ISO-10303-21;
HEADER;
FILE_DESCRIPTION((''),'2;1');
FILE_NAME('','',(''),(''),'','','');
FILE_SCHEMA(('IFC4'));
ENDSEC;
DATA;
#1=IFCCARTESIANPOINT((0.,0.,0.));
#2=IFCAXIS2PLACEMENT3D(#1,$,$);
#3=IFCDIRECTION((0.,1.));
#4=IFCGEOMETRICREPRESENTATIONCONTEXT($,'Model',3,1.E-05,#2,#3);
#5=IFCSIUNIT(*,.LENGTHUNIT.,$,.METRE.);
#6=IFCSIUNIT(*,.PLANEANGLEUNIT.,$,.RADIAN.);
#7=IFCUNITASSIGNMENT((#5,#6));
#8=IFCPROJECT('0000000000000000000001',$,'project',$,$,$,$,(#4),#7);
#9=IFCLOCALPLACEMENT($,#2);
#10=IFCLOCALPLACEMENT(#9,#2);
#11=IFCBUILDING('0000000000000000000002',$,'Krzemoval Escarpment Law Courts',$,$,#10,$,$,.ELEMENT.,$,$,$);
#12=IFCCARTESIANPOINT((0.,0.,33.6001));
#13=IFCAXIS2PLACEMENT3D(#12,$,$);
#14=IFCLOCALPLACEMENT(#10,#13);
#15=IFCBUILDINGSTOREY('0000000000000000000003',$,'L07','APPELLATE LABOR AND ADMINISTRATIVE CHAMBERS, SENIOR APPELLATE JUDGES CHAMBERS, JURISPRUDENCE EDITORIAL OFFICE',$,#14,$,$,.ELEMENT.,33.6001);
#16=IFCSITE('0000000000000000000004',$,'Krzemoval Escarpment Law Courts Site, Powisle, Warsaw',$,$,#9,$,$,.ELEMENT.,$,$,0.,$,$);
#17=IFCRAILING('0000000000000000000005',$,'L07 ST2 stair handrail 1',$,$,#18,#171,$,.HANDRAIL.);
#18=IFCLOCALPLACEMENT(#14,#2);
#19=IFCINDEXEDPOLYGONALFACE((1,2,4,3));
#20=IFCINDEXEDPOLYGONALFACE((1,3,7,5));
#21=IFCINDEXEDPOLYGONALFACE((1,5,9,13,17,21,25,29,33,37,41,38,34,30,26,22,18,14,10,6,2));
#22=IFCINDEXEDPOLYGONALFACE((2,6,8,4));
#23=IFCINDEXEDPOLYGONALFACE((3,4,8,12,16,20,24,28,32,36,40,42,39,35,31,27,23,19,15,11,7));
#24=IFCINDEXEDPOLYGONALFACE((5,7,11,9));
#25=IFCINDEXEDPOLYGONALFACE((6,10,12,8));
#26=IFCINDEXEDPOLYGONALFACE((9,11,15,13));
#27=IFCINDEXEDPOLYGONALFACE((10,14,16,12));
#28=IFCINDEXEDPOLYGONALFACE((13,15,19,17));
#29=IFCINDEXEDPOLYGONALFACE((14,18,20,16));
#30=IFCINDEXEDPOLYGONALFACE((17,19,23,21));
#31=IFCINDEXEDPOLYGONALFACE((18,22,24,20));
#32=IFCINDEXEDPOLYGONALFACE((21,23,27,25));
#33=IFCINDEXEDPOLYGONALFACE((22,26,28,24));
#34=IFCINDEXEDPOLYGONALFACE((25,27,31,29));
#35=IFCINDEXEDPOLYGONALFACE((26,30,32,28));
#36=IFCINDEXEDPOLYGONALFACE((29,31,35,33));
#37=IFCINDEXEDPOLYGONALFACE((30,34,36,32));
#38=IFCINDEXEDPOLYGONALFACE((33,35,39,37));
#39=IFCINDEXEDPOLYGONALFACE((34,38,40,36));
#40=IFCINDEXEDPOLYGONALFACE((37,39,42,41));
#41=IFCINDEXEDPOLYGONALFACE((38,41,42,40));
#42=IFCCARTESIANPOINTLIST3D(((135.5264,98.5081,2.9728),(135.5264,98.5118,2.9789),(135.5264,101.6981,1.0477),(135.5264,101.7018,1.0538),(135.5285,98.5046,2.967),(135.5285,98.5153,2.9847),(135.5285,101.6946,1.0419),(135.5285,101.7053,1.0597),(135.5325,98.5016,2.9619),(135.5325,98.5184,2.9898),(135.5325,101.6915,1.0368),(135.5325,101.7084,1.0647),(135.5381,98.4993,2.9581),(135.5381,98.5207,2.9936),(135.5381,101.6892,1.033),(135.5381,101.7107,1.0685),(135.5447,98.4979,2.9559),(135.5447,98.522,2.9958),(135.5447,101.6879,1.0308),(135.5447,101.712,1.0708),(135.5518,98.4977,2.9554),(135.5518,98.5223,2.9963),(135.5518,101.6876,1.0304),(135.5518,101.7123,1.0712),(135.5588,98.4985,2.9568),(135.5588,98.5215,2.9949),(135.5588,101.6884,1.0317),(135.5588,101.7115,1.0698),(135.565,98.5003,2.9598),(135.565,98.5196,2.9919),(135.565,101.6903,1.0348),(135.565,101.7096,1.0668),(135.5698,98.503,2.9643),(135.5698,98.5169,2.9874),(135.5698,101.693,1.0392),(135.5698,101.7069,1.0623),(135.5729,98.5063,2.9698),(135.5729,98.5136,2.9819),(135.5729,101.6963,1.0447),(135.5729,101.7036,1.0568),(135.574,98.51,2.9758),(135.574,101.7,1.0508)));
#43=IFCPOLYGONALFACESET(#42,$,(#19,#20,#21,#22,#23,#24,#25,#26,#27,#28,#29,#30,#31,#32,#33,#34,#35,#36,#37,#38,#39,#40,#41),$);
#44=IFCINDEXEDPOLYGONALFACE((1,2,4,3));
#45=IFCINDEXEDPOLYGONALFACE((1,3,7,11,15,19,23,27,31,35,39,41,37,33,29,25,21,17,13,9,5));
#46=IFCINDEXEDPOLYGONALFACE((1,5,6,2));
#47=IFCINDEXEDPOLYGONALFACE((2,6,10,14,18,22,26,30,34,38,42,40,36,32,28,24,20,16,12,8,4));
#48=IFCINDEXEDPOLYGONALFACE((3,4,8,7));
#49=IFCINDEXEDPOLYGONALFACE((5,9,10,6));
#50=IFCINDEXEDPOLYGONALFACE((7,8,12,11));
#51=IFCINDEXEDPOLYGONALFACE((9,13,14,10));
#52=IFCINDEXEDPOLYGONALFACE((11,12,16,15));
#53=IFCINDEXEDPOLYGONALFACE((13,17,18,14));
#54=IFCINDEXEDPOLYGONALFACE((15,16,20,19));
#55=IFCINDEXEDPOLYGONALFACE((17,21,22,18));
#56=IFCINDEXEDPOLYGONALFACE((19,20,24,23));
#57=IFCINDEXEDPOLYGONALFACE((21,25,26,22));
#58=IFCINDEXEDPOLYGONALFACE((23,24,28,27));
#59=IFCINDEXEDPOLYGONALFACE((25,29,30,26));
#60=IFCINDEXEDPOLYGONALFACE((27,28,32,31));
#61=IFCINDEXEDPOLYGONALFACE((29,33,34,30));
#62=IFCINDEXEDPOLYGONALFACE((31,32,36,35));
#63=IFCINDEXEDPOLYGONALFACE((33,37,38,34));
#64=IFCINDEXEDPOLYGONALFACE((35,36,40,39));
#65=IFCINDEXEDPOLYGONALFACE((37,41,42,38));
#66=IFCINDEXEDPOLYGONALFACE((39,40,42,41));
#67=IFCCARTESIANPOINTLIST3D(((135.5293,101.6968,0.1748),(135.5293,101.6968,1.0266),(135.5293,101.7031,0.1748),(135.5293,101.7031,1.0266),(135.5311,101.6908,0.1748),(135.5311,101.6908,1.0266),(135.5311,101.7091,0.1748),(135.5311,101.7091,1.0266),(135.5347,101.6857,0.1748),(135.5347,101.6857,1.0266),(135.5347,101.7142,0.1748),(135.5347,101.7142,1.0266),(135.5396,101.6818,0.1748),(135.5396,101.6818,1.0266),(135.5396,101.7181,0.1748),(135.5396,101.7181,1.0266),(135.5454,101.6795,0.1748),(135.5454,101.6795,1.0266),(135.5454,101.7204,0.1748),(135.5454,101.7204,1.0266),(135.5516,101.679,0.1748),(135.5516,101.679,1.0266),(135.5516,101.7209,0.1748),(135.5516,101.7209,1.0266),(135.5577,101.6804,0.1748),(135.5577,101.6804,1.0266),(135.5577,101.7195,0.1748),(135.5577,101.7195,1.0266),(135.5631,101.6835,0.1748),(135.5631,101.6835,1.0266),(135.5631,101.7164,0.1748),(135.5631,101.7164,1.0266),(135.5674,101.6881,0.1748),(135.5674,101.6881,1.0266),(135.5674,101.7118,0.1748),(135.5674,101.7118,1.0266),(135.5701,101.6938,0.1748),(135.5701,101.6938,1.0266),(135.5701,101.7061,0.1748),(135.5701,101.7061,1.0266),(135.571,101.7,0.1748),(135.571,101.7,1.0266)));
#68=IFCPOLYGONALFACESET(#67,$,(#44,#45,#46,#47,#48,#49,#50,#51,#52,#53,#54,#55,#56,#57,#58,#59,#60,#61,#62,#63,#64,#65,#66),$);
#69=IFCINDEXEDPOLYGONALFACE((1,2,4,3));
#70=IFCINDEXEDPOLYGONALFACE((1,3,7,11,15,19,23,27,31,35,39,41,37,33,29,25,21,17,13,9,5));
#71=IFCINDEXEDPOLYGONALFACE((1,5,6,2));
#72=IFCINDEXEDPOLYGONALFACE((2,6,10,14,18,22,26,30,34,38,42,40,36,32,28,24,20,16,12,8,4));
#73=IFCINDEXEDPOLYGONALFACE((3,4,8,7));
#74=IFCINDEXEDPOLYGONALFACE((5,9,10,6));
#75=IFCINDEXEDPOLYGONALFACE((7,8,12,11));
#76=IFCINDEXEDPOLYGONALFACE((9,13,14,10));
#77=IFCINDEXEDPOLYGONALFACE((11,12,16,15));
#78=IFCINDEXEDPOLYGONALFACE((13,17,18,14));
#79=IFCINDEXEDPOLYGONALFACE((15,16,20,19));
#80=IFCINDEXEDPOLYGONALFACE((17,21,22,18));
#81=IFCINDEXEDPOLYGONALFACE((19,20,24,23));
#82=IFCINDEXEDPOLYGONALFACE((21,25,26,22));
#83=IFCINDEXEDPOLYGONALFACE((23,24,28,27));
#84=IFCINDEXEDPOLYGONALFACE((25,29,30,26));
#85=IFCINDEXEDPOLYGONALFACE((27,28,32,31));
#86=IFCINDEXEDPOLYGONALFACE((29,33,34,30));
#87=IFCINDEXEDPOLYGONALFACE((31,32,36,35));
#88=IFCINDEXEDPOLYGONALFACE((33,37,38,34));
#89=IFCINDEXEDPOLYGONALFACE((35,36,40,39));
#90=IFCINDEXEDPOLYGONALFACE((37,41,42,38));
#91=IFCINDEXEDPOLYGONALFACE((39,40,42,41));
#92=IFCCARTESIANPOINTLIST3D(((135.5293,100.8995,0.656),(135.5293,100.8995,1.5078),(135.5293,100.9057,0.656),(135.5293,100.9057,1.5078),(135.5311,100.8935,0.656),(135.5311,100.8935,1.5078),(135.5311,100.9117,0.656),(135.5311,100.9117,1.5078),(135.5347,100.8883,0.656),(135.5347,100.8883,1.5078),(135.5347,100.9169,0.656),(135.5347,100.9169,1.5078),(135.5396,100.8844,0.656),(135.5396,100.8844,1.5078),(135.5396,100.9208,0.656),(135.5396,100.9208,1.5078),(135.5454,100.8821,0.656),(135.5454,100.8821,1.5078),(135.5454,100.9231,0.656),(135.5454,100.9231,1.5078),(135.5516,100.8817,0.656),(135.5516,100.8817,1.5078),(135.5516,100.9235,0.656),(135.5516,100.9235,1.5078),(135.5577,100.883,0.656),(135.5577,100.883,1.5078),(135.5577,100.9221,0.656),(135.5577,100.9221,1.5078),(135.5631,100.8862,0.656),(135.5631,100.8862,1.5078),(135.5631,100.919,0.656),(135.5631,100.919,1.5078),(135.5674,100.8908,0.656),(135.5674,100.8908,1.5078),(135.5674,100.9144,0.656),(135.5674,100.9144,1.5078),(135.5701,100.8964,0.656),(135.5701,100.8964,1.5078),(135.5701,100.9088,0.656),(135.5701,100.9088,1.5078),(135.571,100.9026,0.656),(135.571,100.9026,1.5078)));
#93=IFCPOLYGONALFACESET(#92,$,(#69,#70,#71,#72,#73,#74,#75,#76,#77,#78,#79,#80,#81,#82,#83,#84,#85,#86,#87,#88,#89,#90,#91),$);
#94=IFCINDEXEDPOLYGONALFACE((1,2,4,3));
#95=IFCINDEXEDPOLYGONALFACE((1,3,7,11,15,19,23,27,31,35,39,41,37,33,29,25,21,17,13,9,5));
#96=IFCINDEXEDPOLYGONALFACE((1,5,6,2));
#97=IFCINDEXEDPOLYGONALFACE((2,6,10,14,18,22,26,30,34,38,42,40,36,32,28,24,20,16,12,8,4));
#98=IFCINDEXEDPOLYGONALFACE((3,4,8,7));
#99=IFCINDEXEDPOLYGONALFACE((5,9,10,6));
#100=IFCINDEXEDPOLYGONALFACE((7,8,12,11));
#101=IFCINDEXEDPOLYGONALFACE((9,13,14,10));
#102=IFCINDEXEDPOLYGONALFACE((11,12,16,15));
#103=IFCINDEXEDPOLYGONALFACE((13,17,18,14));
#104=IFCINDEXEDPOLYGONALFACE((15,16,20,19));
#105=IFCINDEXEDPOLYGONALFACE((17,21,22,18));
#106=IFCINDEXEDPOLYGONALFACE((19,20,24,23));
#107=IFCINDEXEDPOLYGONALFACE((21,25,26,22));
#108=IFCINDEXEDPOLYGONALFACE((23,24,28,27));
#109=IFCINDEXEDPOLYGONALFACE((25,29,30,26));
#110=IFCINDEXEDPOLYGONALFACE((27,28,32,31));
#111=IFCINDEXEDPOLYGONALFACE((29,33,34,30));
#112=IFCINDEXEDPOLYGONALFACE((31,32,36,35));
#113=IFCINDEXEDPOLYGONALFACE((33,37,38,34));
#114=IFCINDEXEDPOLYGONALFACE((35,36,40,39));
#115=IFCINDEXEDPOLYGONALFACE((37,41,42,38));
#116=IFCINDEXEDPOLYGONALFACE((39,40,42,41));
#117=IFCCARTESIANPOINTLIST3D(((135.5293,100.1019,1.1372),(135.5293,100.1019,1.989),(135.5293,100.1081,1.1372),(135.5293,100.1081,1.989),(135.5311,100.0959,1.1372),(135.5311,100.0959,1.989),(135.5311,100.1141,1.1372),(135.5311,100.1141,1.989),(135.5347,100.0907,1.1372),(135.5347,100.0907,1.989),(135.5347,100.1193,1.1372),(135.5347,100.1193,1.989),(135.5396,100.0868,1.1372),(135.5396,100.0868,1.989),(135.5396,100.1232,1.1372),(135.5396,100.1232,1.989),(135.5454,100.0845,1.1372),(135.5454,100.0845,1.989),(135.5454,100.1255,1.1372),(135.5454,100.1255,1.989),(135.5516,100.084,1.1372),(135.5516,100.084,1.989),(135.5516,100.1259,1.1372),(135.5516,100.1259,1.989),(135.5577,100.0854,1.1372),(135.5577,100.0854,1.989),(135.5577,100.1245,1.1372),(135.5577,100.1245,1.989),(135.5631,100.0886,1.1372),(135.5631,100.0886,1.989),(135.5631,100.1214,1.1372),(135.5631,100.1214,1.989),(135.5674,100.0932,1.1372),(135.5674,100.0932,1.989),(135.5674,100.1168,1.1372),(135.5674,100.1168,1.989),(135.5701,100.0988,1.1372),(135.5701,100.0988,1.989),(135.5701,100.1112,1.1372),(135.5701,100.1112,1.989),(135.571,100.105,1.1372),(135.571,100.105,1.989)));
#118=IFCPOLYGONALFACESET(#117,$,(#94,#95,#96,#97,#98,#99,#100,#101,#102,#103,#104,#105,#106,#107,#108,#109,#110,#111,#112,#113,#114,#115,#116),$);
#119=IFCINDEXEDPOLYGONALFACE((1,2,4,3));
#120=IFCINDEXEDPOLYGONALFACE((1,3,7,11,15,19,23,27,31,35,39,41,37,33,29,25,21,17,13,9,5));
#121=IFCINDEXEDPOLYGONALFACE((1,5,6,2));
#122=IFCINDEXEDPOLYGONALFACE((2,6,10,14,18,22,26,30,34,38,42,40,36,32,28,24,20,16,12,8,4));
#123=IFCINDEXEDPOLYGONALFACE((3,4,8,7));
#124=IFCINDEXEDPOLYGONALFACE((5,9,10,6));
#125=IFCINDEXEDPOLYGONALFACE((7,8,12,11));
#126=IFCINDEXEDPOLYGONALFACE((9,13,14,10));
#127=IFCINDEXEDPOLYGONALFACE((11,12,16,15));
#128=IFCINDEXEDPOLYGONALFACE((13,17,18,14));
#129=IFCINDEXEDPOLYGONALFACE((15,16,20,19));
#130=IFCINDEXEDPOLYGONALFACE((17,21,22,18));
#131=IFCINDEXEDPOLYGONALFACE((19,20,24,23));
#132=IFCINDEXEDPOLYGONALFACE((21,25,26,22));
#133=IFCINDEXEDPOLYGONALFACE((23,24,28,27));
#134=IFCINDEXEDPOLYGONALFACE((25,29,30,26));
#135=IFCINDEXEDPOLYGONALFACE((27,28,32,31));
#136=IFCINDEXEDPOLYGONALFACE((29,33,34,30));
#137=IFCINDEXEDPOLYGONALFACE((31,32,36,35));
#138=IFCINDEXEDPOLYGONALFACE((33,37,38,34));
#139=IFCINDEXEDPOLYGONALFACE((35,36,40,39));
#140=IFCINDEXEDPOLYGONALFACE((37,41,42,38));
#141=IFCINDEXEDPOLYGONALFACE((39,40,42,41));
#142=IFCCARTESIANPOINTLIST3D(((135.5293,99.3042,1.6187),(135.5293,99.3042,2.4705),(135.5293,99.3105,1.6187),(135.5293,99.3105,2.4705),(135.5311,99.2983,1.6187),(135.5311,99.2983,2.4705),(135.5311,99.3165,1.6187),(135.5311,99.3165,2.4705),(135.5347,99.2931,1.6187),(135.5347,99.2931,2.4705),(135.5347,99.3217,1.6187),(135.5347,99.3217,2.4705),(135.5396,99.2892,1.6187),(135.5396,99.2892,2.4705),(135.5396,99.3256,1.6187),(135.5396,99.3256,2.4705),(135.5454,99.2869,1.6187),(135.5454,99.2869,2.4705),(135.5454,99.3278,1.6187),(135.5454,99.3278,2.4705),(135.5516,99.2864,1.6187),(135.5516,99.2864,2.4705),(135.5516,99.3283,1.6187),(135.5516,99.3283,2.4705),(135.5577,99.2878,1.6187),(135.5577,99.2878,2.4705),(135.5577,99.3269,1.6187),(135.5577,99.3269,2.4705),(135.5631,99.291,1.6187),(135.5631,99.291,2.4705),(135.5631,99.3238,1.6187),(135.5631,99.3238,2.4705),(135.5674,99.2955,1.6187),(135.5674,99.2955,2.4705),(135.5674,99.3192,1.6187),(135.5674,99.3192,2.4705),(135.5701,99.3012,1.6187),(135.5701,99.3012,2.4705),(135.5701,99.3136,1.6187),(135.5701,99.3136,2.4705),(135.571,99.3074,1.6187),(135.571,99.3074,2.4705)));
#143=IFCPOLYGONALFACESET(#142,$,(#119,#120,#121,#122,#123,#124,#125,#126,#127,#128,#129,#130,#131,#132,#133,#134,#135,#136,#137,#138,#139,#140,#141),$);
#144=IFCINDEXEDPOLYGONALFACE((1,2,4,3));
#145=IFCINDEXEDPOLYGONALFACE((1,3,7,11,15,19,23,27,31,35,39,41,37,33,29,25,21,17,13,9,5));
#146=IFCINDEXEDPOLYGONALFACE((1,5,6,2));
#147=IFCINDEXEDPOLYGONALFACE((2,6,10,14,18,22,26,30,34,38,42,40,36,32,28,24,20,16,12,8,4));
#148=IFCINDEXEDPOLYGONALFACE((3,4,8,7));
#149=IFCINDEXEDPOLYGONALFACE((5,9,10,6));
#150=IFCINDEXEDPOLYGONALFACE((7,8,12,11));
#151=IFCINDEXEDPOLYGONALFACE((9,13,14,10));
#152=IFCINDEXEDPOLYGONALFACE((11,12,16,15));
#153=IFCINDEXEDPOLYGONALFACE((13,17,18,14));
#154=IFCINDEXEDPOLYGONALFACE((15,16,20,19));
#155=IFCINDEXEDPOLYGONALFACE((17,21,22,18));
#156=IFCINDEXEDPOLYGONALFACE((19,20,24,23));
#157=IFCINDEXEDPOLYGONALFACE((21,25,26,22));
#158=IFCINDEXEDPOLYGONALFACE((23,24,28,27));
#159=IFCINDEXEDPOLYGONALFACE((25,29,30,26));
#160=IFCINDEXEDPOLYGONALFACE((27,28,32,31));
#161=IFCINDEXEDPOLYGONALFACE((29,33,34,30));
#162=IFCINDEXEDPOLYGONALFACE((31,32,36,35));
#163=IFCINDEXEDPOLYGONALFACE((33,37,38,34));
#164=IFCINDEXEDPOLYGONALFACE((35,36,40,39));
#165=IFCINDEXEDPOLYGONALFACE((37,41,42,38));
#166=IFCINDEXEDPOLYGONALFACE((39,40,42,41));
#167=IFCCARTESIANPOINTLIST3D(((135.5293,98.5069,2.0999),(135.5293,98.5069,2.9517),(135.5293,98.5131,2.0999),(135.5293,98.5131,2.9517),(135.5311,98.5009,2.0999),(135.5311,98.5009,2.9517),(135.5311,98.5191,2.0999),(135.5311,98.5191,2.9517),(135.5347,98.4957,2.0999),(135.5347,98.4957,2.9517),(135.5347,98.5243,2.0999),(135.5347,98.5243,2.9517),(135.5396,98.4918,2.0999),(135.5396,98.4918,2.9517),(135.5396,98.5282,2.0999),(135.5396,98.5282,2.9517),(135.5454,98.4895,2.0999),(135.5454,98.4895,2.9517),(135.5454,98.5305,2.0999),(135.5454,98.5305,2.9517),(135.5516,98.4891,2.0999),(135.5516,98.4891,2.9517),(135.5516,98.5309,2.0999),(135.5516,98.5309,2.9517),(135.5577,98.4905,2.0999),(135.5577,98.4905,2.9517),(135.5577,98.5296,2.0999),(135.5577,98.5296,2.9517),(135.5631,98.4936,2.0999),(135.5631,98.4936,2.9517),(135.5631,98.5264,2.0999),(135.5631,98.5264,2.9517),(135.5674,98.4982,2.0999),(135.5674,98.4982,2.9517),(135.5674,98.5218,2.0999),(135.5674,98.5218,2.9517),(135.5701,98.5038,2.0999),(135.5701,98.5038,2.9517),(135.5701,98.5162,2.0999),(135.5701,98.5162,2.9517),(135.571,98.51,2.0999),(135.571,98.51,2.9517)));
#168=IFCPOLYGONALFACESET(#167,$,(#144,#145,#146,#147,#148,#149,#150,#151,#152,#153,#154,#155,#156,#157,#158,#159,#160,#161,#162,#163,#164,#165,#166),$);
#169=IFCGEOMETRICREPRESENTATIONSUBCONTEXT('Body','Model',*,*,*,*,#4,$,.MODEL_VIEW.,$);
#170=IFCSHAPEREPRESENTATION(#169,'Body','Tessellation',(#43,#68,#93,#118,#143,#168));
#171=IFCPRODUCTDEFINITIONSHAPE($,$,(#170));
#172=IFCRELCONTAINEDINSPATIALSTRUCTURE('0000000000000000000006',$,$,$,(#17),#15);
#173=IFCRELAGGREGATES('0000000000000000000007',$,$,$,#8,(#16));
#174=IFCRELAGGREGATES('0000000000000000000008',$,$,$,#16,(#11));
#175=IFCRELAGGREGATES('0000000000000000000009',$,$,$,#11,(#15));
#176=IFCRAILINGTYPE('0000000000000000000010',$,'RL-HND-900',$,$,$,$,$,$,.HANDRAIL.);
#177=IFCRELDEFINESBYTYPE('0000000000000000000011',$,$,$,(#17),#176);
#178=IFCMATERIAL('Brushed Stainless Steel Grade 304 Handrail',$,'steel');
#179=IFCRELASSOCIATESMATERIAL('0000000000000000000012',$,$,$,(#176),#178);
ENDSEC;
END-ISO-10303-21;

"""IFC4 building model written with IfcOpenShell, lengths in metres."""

from ifc_helpers import new_model, si_unit, direction, frame, origin, origin_2d, place, context, subcontext, project, spatial, circle, extrude, material, type_object, element, save


model = new_model("IFC4")

# Units and contexts
model_context = context("Model", 3, precision=1e-05, world=origin(), true_north=direction((0.0, 1.0)))
body_context = subcontext(model_context, "Body", "Model", "MODEL_VIEW")
ifc_project = project(units=[si_unit("LENGTHUNIT", "METRE"), si_unit("PLANEANGLEUNIT", "RADIAN")], contexts=[model_context])

# Site, building, storey
site_placement = place(None, origin())
site = spatial("IfcSite", under=ifc_project, at=site_placement, Name="Krzemoval Escarpment Law Courts Site, Powisle, Warsaw", CompositionType="ELEMENT", RefElevation=0.0)
building_placement = place(site_placement, origin())
building = spatial("IfcBuilding", under=site, at=building_placement, Name="Krzemoval Escarpment Law Courts", CompositionType="ELEMENT")
storey_placement = place(building_placement, frame((0.0, 0.0, 33.6001)))
storey = spatial("IfcBuildingStorey", under=building, at=storey_placement, Name="L07", Description="APPELLATE LABOR AND ADMINISTRATIVE CHAMBERS, SENIOR APPELLATE JUDGES CHAMBERS, JURISPRUDENCE EDITORIAL OFFICE", CompositionType="ELEMENT", Elevation=33.6001)

# Railing
ifc_material_1 = material(Name="Brushed Stainless Steel Grade 304 Handrail", Category="steel")
railing_type_1 = type_object("IfcRailingType", Name="RL-HND-900", PredefinedType="HANDRAIL", material=ifc_material_1)
railing_1_placement = place(storey_placement, frame((135.55, 101.7, 0.1748)))
element("IfcRailing", 1, at=railing_1_placement, inside=storey, type_object=railing_type_1, Name="L07 ST2 stair handrail 1", PredefinedType="HANDRAIL", context=body_context, shape_type="SweptSolid", body=[
    extrude(circle(Radius=0.0239, at=origin_2d()), frame((0.0, 0.0, 0.876), z_axis=(0.0, -0.856178, 0.516682), x_axis=(1.0, 0.0, 0.0)), (0.0, 0.0, 1.0), 3.7258),
    extrude(circle(Radius=0.021, at=origin_2d()), origin(), (0.0, 0.0, 1.0), 0.8518),
    extrude(circle(Radius=0.021, at=origin_2d()), frame((0.0, -0.7974, 0.4812)), (0.0, 0.0, 1.0), 0.8518),
    extrude(circle(Radius=0.021, at=origin_2d()), frame((0.0, -1.595, 0.9624)), (0.0, 0.0, 1.0), 0.8518),
    extrude(circle(Radius=0.021, at=origin_2d()), frame((0.0, -2.3926, 1.4438)), (0.0, 0.0, 1.0), 0.8518),
    extrude(circle(Radius=0.021, at=origin_2d()), frame((0.0, -3.1899, 1.925)), (0.0, 0.0, 1.0), 0.8518),
])

save(model, "model.ifc")
